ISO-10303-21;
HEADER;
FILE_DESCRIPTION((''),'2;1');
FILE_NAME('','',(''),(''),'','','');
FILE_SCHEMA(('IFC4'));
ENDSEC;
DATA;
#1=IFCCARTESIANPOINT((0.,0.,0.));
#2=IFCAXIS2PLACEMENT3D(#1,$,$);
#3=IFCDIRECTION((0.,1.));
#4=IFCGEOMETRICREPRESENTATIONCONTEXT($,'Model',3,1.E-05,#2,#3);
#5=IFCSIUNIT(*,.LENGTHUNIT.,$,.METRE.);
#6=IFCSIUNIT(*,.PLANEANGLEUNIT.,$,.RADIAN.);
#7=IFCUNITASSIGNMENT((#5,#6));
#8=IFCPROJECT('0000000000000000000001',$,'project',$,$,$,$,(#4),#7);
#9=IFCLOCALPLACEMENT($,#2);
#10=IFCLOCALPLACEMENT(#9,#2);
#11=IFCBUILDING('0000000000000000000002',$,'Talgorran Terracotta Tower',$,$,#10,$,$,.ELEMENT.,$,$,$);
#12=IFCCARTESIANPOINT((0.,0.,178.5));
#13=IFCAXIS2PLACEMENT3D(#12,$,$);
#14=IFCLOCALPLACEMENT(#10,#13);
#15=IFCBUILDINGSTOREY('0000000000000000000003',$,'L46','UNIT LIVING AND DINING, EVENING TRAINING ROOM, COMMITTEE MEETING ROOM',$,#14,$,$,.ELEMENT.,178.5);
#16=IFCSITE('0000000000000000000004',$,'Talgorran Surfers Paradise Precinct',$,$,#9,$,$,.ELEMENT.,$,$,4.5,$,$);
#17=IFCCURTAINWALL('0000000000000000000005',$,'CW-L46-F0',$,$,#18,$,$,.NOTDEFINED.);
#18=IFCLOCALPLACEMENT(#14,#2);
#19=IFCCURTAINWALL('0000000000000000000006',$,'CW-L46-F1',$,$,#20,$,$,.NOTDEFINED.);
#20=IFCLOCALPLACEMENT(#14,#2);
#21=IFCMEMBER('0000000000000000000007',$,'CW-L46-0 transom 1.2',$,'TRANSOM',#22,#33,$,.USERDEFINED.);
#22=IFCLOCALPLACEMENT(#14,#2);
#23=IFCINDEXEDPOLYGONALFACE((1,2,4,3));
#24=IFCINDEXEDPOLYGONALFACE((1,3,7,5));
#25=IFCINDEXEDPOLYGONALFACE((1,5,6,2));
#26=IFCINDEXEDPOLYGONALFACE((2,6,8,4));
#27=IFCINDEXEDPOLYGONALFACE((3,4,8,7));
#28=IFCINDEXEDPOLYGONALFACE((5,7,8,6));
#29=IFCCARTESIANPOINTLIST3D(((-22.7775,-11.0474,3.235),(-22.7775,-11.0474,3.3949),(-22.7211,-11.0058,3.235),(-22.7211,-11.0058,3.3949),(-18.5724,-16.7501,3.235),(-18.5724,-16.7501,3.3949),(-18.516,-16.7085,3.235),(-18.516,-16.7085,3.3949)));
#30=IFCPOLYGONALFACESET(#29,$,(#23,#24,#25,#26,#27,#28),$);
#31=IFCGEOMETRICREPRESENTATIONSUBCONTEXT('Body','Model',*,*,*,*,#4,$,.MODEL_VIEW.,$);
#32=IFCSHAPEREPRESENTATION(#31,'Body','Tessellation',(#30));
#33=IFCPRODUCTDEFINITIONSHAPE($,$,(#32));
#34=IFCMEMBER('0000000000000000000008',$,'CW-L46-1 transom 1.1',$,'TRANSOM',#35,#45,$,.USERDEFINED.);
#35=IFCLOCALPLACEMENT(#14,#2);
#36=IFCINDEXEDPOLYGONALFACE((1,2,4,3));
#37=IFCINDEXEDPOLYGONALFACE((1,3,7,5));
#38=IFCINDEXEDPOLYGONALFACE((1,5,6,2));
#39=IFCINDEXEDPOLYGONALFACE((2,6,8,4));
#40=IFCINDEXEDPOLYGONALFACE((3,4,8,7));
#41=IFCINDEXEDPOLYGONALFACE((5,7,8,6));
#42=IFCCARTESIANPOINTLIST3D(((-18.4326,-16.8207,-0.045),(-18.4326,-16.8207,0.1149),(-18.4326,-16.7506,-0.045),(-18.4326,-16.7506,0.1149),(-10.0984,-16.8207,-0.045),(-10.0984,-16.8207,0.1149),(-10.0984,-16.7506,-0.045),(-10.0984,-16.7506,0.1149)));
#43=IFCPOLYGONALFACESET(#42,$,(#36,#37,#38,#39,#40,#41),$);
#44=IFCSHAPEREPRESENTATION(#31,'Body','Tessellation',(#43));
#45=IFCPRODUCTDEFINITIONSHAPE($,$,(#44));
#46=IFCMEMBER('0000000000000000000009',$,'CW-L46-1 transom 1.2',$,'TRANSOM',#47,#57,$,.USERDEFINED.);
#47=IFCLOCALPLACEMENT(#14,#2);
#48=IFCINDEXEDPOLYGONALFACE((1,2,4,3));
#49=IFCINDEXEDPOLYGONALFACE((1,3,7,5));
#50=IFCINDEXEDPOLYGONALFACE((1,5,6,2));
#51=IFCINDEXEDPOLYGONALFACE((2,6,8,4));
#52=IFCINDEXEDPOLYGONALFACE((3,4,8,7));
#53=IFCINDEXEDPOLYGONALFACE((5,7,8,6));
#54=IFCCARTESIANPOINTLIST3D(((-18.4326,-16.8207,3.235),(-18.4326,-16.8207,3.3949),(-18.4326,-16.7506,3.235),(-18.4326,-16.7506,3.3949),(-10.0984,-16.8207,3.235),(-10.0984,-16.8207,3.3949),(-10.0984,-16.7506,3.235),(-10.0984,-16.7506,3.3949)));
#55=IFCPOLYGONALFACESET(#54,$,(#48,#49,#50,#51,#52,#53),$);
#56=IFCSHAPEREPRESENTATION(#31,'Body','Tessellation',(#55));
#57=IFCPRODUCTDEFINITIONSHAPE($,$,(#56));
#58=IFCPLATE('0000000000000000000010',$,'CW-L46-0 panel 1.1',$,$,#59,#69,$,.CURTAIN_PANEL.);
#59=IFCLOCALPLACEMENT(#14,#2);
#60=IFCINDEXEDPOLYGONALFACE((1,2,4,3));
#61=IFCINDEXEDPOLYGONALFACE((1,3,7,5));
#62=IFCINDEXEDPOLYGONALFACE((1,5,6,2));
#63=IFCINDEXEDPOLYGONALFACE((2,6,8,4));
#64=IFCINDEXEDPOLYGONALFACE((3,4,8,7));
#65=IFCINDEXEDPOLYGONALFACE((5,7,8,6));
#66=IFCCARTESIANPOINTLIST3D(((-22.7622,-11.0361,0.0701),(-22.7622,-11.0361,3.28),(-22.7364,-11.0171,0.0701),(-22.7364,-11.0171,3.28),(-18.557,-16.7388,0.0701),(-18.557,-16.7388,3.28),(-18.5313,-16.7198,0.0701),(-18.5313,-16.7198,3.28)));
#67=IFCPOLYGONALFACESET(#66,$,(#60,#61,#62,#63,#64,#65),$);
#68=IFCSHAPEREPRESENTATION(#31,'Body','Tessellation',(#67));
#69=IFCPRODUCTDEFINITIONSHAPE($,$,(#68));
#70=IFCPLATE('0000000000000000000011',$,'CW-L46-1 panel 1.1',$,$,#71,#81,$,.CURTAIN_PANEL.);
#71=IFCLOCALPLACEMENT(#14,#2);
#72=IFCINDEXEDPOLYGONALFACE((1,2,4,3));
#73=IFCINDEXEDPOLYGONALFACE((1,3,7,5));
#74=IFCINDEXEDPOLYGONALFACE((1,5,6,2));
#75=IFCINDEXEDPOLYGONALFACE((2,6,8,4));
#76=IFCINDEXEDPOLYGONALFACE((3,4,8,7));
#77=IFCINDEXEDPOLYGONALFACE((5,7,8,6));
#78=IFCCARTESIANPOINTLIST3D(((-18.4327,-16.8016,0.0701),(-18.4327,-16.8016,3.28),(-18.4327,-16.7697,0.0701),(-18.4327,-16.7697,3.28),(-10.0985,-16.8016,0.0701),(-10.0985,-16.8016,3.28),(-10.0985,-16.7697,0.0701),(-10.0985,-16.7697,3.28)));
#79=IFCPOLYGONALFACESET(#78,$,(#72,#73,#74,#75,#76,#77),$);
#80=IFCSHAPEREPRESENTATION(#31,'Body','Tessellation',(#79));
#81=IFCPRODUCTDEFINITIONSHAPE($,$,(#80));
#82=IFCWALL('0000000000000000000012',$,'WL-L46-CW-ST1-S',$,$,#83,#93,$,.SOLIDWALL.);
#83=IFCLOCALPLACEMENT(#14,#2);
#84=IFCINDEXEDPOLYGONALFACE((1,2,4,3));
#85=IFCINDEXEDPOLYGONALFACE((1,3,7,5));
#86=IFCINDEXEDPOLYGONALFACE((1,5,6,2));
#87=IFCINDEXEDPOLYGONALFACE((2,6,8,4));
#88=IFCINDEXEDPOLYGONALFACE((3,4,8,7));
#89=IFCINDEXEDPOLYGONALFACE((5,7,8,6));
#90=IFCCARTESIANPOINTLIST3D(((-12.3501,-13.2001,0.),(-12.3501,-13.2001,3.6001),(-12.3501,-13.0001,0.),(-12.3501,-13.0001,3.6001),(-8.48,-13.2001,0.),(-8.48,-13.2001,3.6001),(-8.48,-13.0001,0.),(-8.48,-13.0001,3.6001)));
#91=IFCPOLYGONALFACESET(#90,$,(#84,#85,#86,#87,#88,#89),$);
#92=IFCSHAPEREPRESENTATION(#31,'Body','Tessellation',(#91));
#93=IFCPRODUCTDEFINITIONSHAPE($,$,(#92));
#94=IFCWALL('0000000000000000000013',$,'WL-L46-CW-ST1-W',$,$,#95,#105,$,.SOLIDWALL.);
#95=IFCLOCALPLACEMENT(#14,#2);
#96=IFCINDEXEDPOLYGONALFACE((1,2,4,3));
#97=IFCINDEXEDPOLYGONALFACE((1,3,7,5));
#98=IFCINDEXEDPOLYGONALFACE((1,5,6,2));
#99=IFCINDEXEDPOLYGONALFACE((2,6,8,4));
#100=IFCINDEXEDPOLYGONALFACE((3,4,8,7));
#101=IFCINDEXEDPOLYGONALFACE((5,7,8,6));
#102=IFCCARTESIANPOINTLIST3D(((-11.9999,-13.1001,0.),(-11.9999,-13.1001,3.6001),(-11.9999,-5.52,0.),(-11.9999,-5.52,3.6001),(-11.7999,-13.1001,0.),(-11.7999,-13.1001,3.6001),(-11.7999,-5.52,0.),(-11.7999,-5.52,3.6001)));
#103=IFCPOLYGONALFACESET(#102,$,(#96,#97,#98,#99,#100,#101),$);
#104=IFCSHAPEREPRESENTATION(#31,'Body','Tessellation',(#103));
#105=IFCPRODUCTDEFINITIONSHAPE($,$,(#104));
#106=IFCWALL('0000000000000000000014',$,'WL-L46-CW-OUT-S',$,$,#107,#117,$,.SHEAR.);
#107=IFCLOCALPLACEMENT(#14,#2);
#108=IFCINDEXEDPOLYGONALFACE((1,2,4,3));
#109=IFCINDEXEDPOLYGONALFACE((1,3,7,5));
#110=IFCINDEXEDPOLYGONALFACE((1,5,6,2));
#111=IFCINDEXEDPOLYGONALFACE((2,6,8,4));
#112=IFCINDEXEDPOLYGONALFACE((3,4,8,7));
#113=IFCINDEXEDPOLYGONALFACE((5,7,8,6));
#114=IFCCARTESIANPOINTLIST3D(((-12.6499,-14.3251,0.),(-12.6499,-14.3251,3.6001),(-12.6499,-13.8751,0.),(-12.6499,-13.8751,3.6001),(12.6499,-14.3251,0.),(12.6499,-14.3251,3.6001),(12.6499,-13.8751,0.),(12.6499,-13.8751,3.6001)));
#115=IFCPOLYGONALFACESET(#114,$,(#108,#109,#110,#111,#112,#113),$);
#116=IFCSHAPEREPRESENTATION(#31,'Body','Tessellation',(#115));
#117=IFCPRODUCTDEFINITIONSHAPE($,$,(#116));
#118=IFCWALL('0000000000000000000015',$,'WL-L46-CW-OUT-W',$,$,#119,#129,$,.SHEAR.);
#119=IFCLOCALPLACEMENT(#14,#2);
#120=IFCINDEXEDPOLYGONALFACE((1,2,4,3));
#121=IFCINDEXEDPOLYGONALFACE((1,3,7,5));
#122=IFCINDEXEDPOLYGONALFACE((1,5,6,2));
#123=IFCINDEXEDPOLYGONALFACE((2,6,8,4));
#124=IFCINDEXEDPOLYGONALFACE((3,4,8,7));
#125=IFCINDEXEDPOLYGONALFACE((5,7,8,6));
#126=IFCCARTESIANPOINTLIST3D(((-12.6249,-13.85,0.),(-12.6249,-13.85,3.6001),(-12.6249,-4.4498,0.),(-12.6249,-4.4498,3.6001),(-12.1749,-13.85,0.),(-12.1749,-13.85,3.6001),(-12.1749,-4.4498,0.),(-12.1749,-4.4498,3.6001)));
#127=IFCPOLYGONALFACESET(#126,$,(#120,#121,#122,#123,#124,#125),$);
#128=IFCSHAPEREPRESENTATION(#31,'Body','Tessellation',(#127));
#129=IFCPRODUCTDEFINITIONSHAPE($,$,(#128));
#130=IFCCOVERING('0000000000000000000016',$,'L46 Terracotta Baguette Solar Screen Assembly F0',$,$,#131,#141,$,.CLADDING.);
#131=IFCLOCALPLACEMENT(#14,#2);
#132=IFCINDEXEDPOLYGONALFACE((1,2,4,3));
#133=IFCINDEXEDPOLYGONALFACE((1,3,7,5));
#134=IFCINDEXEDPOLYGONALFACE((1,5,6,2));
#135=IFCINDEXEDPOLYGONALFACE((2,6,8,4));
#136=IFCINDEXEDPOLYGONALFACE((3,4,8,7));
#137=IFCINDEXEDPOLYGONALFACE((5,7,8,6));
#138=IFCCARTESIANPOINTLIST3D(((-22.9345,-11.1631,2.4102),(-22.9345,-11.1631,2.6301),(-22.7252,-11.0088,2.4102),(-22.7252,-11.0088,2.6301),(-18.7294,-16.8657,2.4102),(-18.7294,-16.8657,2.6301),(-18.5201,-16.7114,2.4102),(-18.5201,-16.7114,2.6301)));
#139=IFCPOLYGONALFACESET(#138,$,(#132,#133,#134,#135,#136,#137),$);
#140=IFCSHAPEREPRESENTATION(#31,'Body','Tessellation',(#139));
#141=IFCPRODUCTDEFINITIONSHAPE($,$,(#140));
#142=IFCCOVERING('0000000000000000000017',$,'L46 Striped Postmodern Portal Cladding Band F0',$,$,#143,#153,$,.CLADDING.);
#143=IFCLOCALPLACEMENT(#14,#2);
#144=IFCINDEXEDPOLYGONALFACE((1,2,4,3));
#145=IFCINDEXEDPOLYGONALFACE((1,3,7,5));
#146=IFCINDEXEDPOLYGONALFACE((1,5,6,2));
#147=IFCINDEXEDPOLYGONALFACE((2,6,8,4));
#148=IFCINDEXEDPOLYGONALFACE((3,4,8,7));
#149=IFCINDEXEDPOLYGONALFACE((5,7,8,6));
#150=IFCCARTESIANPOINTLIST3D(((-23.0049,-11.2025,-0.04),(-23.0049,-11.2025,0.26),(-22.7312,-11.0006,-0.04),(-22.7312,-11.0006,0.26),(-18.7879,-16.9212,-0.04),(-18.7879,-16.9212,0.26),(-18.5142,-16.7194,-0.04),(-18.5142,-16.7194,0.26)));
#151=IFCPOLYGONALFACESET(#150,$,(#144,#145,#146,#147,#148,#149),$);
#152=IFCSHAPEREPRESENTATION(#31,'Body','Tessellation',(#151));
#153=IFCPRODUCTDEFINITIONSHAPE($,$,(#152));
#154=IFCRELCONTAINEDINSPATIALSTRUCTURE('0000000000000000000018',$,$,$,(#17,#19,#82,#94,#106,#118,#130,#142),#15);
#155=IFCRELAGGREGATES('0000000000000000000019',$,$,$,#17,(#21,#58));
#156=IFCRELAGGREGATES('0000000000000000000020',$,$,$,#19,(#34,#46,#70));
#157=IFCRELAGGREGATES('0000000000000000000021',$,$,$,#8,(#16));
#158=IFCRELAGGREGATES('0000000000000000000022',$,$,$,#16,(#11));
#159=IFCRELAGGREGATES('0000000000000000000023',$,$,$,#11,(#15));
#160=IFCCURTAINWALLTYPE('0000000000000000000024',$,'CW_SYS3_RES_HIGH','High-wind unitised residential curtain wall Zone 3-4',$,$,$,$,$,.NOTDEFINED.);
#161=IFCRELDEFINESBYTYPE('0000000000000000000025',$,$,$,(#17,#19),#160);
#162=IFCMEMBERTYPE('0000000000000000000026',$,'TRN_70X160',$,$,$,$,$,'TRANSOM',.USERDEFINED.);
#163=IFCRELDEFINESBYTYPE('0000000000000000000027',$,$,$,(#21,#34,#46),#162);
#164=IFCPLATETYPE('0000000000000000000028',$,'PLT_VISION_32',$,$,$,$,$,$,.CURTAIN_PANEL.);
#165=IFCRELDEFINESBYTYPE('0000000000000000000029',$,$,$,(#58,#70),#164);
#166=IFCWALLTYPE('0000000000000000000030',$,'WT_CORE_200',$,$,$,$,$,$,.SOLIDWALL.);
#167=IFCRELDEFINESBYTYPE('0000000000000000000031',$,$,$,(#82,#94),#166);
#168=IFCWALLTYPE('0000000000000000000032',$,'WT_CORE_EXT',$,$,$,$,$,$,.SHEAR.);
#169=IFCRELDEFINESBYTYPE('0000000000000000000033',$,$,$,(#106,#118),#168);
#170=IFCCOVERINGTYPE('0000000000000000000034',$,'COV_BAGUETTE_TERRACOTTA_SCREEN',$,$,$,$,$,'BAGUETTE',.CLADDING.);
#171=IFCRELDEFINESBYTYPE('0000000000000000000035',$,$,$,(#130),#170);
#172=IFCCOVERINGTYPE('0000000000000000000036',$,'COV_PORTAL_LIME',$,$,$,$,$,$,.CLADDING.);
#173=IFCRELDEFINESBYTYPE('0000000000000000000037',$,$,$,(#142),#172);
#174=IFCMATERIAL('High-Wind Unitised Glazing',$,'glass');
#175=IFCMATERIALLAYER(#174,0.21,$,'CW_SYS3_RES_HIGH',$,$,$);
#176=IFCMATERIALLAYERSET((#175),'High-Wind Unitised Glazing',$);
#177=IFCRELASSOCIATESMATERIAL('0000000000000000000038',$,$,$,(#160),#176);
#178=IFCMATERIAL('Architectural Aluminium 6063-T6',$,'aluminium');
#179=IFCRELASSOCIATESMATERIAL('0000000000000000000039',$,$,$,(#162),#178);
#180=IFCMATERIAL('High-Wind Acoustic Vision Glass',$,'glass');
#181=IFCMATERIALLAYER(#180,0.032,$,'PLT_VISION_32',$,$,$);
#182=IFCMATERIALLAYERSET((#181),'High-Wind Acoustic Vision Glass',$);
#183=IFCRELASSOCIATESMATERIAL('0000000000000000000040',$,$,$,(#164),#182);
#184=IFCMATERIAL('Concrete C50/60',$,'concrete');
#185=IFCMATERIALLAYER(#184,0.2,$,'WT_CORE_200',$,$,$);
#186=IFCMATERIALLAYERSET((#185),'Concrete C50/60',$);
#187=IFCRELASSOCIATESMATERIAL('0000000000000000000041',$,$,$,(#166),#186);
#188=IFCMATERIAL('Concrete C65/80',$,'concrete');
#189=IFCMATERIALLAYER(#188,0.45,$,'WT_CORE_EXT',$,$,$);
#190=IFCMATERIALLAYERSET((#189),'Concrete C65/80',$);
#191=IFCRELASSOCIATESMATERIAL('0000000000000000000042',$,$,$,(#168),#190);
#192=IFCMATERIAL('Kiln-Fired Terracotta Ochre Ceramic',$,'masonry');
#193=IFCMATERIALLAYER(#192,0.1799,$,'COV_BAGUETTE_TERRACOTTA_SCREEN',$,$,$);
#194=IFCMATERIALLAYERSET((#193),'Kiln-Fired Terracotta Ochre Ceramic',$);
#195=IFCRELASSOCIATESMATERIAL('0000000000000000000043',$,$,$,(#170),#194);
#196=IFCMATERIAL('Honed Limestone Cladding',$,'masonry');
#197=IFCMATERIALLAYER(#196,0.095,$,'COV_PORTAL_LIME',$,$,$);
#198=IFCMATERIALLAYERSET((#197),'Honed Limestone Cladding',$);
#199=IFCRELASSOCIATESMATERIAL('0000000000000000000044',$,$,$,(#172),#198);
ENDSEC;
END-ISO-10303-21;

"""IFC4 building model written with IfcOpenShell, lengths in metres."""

from ifc_helpers import new_model, si_unit, direction, frame, frame_2d, origin, origin_2d, place, context, subcontext, project, spatial, rectangle, extrude, source, transform, mapped, material, layer, layer_set, material_profile, profile_set, type_object, type_shapes, element, aggregate, save


model = new_model("IFC4")

# Units and contexts
model_context = context("Model", 3, precision=1e-05, world=origin(), true_north=direction((0.0, 1.0)))
body_context = subcontext(model_context, "Body", "Model", "MODEL_VIEW")
ifc_project = project(units=[si_unit("LENGTHUNIT", "METRE"), si_unit("PLANEANGLEUNIT", "RADIAN")], contexts=[model_context])

# Site, building, storey
site_placement = place(None, origin())
site = spatial("IfcSite", under=ifc_project, at=site_placement, Name="Talgorran Surfers Paradise Precinct", CompositionType="ELEMENT", RefElevation=4.5)
building_placement = place(site_placement, origin())
building = spatial("IfcBuilding", under=site, at=building_placement, Name="Talgorran Terracotta Tower", CompositionType="ELEMENT")
storey_placement = place(building_placement, frame((0.0, 0.0, 178.5)))
storey = spatial("IfcBuildingStorey", under=building, at=storey_placement, Name="L46", Description="UNIT LIVING AND DINING, EVENING TRAINING ROOM, COMMITTEE MEETING ROOM", CompositionType="ELEMENT", Elevation=178.5)

# Curtain wall
ifc_material_1 = material(Name="High-Wind Unitised Glazing", Category="glass")
ifc_layer_1 = layer(ifc_material_1, 0.21, Name="CW_SYS3_RES_HIGH")
ifc_layer_set_1 = layer_set([ifc_layer_1], Name="High-Wind Unitised Glazing")
curtain_wall_type = type_object("IfcCurtainWallType", Name="CW_SYS3_RES_HIGH", Description="High-wind unitised residential curtain wall Zone 3-4", PredefinedType="NOTDEFINED", material=ifc_layer_set_1)
curtain_wall_1_placement = place(storey_placement, origin())
curtain_wall_1 = element("IfcCurtainWall", 1, at=curtain_wall_1_placement, inside=storey, type_object=curtain_wall_type, Name="CW-L46-F0", PredefinedType="NOTDEFINED")
ifc_material_2 = material(Name="Architectural Aluminium 6063-T6", Category="aluminium")

# Curtain wall
curtain_wall_2_placement = place(storey_placement, origin())
curtain_wall_2 = element("IfcCurtainWall", 2, at=curtain_wall_2_placement, inside=storey, type_object=curtain_wall_type, Name="CW-L46-F1", PredefinedType="NOTDEFINED")

# Members
ifc_material_profile_1 = material_profile(ifc_material_2, rectangle(XDim=0.0701, YDim=0.1599, at=origin_2d()), Name="CWT70X160")
ifc_profile_set_1 = profile_set([ifc_material_profile_1], Name="Architectural Aluminium 6063-T6")
member_type_1 = type_object("IfcMemberType", Name="TRN_70X160", ElementType="TRANSOM", PredefinedType="USERDEFINED", material=ifc_profile_set_1)
member_1_placement = place(storey_placement, frame((-22.7493, -11.0266, 3.3149), z_axis=(0.593486, -0.804844, 0.0), x_axis=(0.804844, 0.593486, 0.0)))
member_1 = element("IfcMember", 3, at=member_1_placement, type_object=member_type_1, Name="CW-L46-0 transom 1.2", ObjectType="TRANSOM", PredefinedType="USERDEFINED", context=body_context, shape_type="SweptSolid", body=[
    extrude(rectangle(XDim=0.0701, YDim=0.1599, at=origin_2d()), origin(), (0.0, 0.0, 1.0), 7.0854),
])
member_2_placement = place(storey_placement, frame((-18.4326, -16.7856, 0.0349), z_axis=(1.0, 0.0, 0.0), x_axis=(0.0, 1.0, 0.0)))
member_2 = element("IfcMember", 4, at=member_2_placement, type_object=member_type_1, Name="CW-L46-1 transom 1.1", ObjectType="TRANSOM", PredefinedType="USERDEFINED", context=body_context, shape_type="SweptSolid", body=[
    extrude(rectangle(XDim=0.0701, YDim=0.1599, at=origin_2d()), origin(), (0.0, 0.0, 1.0), 8.3342),
])
member_3_placement = place(storey_placement, frame((-18.4326, -16.7856, 3.3149), z_axis=(1.0, 0.0, 0.0), x_axis=(0.0, 1.0, 0.0)))
member_3 = element("IfcMember", 5, at=member_3_placement, type_object=member_type_1, Name="CW-L46-1 transom 1.2", ObjectType="TRANSOM", PredefinedType="USERDEFINED", context=body_context, shape_type="SweptSolid", body=[
    extrude(rectangle(XDim=0.0701, YDim=0.1599, at=origin_2d()), origin(), (0.0, 0.0, 1.0), 8.3342),
])

# Plates
ifc_material_3 = material(Name="High-Wind Acoustic Vision Glass", Category="glass")
ifc_layer_2 = layer(ifc_material_3, 0.032, Name="PLT_VISION_32")
ifc_layer_set_2 = layer_set([ifc_layer_2], Name="High-Wind Acoustic Vision Glass")
plate_type = type_object("IfcPlateType", Name="PLT_VISION_32", PredefinedType="CURTAIN_PANEL", material=ifc_layer_set_2)
shared_shape_1 = source(origin(), body_context, "Body", "SweptSolid", [
    extrude(rectangle(XDim=7.0854, YDim=0.032, at=origin_2d()), origin(), (0.0, 0.0, 1.0), 3.21),
])
plate_1_placement = place(storey_placement, frame((-20.6467, -13.8779, 0.0701), z_axis=(0.0, 0.0, 1.0), x_axis=(0.59349, -0.804841, 0.0)))
plate_1 = element("IfcPlate", 6, at=plate_1_placement, type_object=plate_type, Name="CW-L46-0 panel 1.1", PredefinedType="CURTAIN_PANEL", context=body_context, shape_type="MappedRepresentation", body=[
    mapped(shared_shape_1, transform((0.0, 0.0, 0.0), scale=1.0)),
])
aggregate(curtain_wall_1, [member_1, plate_1])
shared_shape_2 = source(origin(), body_context, "Body", "SweptSolid", [
    extrude(rectangle(XDim=8.3342, YDim=0.032, at=origin_2d()), origin(), (0.0, 0.0, 1.0), 3.21),
])
type_shapes(plate_type, [shared_shape_1, shared_shape_2])
plate_2_placement = place(storey_placement, frame((-14.2656, -16.7856, 0.0701), z_axis=(0.0, 0.0, 1.0), x_axis=(1.0, 0.0, 0.0)))
plate_2 = element("IfcPlate", 7, at=plate_2_placement, type_object=plate_type, Name="CW-L46-1 panel 1.1", PredefinedType="CURTAIN_PANEL", context=body_context, shape_type="MappedRepresentation", body=[
    mapped(shared_shape_2, transform((0.0, 0.0, 0.0), scale=1.0)),
])
aggregate(curtain_wall_2, [member_2, member_3, plate_2])

# Walls
ifc_material_4 = material(Name="Concrete C50/60", Category="concrete")
ifc_layer_3 = layer(ifc_material_4, 0.2, Name="WT_CORE_200")
ifc_layer_set_3 = layer_set([ifc_layer_3], Name="Concrete C50/60")
wall_type_1 = type_object("IfcWallType", Name="WT_CORE_200", PredefinedType="SOLIDWALL", material=ifc_layer_set_3)
wall_1_placement = place(storey_placement, frame((-12.3501, -13.1001, 0.0), z_axis=(0.0, 0.0, 1.0), x_axis=(1.0, 0.0, 0.0)))
element("IfcWall", 8, at=wall_1_placement, inside=storey, type_object=wall_type_1, Name="WL-L46-CW-ST1-S", PredefinedType="SOLIDWALL", context=body_context, shape_type="SweptSolid", body=[
    extrude(rectangle(XDim=3.8701, YDim=0.2, at=frame_2d((1.9351, 0.0))), origin(), (0.0, 0.0, 1.0), 3.6001),
])
wall_2_placement = place(storey_placement, frame((-11.8999, -13.1001, 0.0), z_axis=(0.0, 0.0, 1.0), x_axis=(0.0, 1.0, 0.0)))
element("IfcWall", 9, at=wall_2_placement, inside=storey, type_object=wall_type_1, Name="WL-L46-CW-ST1-W", PredefinedType="SOLIDWALL", context=body_context, shape_type="SweptSolid", body=[
    extrude(rectangle(XDim=7.5801, YDim=0.2, at=frame_2d((3.79, 0.0))), origin(), (0.0, 0.0, 1.0), 3.6001),
])
ifc_material_5 = material(Name="Concrete C65/80", Category="concrete")
ifc_layer_4 = layer(ifc_material_5, 0.45, Name="WT_CORE_EXT")
ifc_layer_set_4 = layer_set([ifc_layer_4], Name="Concrete C65/80")
wall_type_2 = type_object("IfcWallType", Name="WT_CORE_EXT", PredefinedType="SHEAR", material=ifc_layer_set_4)
wall_3_placement = place(storey_placement, frame((-12.6499, -14.1001, 0.0), z_axis=(0.0, 0.0, 1.0), x_axis=(1.0, 0.0, 0.0)))
element("IfcWall", 10, at=wall_3_placement, inside=storey, type_object=wall_type_2, Name="WL-L46-CW-OUT-S", PredefinedType="SHEAR", context=body_context, shape_type="SweptSolid", body=[
    extrude(rectangle(XDim=25.2998, YDim=0.45, at=frame_2d((12.6499, 0.0))), origin(), (0.0, 0.0, 1.0), 3.6001),
])
wall_4_placement = place(storey_placement, frame((-12.3999, -13.8501, 0.0), z_axis=(0.0, 0.0, 1.0), x_axis=(0.0, 1.0, 0.0)))
element("IfcWall", 11, at=wall_4_placement, inside=storey, type_object=wall_type_2, Name="WL-L46-CW-OUT-W", PredefinedType="SHEAR", context=body_context, shape_type="SweptSolid", body=[
    extrude(rectangle(XDim=9.4001, YDim=0.45, at=frame_2d((4.7002, 0.0))), origin(), (0.0, 0.0, 1.0), 3.6001),
])

# Coverings
ifc_material_6 = material(Name="Kiln-Fired Terracotta Ochre Ceramic", Category="masonry")
ifc_layer_5 = layer(ifc_material_6, 0.1799, Name="COV_BAGUETTE_TERRACOTTA_SCREEN")
ifc_layer_set_5 = layer_set([ifc_layer_5], Name="Kiln-Fired Terracotta Ochre Ceramic")
covering_type_1 = type_object("IfcCoveringType", Name="COV_BAGUETTE_TERRACOTTA_SCREEN", ElementType="BAGUETTE", PredefinedType="CLADDING", material=ifc_layer_set_5)
covering_1_placement = place(storey_placement, frame((-20.7273, -13.9373, 2.4102), z_axis=(0.0, 0.0, 1.0), x_axis=(0.593489, -0.804842, 0.0)))
element("IfcCovering", 12, at=covering_1_placement, inside=storey, type_object=covering_type_1, Name="L46 Terracotta Baguette Solar Screen Assembly F0", PredefinedType="CLADDING", context=body_context, shape_type="SweptSolid", body=[
    extrude(rectangle(XDim=7.0854, YDim=0.26, at=origin_2d()), origin(), (0.0, 0.0, 1.0), 0.22),
])
ifc_material_7 = material(Name="Honed Limestone Cladding", Category="masonry")
ifc_layer_6 = layer(ifc_material_7, 0.095, Name="COV_PORTAL_LIME")
ifc_layer_set_6 = layer_set([ifc_layer_6], Name="Honed Limestone Cladding")
covering_type_2 = type_object("IfcCoveringType", Name="COV_PORTAL_LIME", PredefinedType="CLADDING", material=ifc_layer_set_6)
covering_2_placement = place(storey_placement, frame((-20.7595, -13.9609, -0.04), z_axis=(0.0, 0.0, 1.0), x_axis=(0.593489, -0.804842, 0.0)))
element("IfcCovering", 13, at=covering_2_placement, inside=storey, type_object=covering_type_2, Name="L46 Striped Postmodern Portal Cladding Band F0", PredefinedType="CLADDING", context=body_context, shape_type="SweptSolid", body=[
    extrude(rectangle(XDim=7.1055, YDim=0.3401, at=origin_2d()), origin(), (0.0, 0.0, 1.0), 0.3),
])

save(model, "model.ifc")
